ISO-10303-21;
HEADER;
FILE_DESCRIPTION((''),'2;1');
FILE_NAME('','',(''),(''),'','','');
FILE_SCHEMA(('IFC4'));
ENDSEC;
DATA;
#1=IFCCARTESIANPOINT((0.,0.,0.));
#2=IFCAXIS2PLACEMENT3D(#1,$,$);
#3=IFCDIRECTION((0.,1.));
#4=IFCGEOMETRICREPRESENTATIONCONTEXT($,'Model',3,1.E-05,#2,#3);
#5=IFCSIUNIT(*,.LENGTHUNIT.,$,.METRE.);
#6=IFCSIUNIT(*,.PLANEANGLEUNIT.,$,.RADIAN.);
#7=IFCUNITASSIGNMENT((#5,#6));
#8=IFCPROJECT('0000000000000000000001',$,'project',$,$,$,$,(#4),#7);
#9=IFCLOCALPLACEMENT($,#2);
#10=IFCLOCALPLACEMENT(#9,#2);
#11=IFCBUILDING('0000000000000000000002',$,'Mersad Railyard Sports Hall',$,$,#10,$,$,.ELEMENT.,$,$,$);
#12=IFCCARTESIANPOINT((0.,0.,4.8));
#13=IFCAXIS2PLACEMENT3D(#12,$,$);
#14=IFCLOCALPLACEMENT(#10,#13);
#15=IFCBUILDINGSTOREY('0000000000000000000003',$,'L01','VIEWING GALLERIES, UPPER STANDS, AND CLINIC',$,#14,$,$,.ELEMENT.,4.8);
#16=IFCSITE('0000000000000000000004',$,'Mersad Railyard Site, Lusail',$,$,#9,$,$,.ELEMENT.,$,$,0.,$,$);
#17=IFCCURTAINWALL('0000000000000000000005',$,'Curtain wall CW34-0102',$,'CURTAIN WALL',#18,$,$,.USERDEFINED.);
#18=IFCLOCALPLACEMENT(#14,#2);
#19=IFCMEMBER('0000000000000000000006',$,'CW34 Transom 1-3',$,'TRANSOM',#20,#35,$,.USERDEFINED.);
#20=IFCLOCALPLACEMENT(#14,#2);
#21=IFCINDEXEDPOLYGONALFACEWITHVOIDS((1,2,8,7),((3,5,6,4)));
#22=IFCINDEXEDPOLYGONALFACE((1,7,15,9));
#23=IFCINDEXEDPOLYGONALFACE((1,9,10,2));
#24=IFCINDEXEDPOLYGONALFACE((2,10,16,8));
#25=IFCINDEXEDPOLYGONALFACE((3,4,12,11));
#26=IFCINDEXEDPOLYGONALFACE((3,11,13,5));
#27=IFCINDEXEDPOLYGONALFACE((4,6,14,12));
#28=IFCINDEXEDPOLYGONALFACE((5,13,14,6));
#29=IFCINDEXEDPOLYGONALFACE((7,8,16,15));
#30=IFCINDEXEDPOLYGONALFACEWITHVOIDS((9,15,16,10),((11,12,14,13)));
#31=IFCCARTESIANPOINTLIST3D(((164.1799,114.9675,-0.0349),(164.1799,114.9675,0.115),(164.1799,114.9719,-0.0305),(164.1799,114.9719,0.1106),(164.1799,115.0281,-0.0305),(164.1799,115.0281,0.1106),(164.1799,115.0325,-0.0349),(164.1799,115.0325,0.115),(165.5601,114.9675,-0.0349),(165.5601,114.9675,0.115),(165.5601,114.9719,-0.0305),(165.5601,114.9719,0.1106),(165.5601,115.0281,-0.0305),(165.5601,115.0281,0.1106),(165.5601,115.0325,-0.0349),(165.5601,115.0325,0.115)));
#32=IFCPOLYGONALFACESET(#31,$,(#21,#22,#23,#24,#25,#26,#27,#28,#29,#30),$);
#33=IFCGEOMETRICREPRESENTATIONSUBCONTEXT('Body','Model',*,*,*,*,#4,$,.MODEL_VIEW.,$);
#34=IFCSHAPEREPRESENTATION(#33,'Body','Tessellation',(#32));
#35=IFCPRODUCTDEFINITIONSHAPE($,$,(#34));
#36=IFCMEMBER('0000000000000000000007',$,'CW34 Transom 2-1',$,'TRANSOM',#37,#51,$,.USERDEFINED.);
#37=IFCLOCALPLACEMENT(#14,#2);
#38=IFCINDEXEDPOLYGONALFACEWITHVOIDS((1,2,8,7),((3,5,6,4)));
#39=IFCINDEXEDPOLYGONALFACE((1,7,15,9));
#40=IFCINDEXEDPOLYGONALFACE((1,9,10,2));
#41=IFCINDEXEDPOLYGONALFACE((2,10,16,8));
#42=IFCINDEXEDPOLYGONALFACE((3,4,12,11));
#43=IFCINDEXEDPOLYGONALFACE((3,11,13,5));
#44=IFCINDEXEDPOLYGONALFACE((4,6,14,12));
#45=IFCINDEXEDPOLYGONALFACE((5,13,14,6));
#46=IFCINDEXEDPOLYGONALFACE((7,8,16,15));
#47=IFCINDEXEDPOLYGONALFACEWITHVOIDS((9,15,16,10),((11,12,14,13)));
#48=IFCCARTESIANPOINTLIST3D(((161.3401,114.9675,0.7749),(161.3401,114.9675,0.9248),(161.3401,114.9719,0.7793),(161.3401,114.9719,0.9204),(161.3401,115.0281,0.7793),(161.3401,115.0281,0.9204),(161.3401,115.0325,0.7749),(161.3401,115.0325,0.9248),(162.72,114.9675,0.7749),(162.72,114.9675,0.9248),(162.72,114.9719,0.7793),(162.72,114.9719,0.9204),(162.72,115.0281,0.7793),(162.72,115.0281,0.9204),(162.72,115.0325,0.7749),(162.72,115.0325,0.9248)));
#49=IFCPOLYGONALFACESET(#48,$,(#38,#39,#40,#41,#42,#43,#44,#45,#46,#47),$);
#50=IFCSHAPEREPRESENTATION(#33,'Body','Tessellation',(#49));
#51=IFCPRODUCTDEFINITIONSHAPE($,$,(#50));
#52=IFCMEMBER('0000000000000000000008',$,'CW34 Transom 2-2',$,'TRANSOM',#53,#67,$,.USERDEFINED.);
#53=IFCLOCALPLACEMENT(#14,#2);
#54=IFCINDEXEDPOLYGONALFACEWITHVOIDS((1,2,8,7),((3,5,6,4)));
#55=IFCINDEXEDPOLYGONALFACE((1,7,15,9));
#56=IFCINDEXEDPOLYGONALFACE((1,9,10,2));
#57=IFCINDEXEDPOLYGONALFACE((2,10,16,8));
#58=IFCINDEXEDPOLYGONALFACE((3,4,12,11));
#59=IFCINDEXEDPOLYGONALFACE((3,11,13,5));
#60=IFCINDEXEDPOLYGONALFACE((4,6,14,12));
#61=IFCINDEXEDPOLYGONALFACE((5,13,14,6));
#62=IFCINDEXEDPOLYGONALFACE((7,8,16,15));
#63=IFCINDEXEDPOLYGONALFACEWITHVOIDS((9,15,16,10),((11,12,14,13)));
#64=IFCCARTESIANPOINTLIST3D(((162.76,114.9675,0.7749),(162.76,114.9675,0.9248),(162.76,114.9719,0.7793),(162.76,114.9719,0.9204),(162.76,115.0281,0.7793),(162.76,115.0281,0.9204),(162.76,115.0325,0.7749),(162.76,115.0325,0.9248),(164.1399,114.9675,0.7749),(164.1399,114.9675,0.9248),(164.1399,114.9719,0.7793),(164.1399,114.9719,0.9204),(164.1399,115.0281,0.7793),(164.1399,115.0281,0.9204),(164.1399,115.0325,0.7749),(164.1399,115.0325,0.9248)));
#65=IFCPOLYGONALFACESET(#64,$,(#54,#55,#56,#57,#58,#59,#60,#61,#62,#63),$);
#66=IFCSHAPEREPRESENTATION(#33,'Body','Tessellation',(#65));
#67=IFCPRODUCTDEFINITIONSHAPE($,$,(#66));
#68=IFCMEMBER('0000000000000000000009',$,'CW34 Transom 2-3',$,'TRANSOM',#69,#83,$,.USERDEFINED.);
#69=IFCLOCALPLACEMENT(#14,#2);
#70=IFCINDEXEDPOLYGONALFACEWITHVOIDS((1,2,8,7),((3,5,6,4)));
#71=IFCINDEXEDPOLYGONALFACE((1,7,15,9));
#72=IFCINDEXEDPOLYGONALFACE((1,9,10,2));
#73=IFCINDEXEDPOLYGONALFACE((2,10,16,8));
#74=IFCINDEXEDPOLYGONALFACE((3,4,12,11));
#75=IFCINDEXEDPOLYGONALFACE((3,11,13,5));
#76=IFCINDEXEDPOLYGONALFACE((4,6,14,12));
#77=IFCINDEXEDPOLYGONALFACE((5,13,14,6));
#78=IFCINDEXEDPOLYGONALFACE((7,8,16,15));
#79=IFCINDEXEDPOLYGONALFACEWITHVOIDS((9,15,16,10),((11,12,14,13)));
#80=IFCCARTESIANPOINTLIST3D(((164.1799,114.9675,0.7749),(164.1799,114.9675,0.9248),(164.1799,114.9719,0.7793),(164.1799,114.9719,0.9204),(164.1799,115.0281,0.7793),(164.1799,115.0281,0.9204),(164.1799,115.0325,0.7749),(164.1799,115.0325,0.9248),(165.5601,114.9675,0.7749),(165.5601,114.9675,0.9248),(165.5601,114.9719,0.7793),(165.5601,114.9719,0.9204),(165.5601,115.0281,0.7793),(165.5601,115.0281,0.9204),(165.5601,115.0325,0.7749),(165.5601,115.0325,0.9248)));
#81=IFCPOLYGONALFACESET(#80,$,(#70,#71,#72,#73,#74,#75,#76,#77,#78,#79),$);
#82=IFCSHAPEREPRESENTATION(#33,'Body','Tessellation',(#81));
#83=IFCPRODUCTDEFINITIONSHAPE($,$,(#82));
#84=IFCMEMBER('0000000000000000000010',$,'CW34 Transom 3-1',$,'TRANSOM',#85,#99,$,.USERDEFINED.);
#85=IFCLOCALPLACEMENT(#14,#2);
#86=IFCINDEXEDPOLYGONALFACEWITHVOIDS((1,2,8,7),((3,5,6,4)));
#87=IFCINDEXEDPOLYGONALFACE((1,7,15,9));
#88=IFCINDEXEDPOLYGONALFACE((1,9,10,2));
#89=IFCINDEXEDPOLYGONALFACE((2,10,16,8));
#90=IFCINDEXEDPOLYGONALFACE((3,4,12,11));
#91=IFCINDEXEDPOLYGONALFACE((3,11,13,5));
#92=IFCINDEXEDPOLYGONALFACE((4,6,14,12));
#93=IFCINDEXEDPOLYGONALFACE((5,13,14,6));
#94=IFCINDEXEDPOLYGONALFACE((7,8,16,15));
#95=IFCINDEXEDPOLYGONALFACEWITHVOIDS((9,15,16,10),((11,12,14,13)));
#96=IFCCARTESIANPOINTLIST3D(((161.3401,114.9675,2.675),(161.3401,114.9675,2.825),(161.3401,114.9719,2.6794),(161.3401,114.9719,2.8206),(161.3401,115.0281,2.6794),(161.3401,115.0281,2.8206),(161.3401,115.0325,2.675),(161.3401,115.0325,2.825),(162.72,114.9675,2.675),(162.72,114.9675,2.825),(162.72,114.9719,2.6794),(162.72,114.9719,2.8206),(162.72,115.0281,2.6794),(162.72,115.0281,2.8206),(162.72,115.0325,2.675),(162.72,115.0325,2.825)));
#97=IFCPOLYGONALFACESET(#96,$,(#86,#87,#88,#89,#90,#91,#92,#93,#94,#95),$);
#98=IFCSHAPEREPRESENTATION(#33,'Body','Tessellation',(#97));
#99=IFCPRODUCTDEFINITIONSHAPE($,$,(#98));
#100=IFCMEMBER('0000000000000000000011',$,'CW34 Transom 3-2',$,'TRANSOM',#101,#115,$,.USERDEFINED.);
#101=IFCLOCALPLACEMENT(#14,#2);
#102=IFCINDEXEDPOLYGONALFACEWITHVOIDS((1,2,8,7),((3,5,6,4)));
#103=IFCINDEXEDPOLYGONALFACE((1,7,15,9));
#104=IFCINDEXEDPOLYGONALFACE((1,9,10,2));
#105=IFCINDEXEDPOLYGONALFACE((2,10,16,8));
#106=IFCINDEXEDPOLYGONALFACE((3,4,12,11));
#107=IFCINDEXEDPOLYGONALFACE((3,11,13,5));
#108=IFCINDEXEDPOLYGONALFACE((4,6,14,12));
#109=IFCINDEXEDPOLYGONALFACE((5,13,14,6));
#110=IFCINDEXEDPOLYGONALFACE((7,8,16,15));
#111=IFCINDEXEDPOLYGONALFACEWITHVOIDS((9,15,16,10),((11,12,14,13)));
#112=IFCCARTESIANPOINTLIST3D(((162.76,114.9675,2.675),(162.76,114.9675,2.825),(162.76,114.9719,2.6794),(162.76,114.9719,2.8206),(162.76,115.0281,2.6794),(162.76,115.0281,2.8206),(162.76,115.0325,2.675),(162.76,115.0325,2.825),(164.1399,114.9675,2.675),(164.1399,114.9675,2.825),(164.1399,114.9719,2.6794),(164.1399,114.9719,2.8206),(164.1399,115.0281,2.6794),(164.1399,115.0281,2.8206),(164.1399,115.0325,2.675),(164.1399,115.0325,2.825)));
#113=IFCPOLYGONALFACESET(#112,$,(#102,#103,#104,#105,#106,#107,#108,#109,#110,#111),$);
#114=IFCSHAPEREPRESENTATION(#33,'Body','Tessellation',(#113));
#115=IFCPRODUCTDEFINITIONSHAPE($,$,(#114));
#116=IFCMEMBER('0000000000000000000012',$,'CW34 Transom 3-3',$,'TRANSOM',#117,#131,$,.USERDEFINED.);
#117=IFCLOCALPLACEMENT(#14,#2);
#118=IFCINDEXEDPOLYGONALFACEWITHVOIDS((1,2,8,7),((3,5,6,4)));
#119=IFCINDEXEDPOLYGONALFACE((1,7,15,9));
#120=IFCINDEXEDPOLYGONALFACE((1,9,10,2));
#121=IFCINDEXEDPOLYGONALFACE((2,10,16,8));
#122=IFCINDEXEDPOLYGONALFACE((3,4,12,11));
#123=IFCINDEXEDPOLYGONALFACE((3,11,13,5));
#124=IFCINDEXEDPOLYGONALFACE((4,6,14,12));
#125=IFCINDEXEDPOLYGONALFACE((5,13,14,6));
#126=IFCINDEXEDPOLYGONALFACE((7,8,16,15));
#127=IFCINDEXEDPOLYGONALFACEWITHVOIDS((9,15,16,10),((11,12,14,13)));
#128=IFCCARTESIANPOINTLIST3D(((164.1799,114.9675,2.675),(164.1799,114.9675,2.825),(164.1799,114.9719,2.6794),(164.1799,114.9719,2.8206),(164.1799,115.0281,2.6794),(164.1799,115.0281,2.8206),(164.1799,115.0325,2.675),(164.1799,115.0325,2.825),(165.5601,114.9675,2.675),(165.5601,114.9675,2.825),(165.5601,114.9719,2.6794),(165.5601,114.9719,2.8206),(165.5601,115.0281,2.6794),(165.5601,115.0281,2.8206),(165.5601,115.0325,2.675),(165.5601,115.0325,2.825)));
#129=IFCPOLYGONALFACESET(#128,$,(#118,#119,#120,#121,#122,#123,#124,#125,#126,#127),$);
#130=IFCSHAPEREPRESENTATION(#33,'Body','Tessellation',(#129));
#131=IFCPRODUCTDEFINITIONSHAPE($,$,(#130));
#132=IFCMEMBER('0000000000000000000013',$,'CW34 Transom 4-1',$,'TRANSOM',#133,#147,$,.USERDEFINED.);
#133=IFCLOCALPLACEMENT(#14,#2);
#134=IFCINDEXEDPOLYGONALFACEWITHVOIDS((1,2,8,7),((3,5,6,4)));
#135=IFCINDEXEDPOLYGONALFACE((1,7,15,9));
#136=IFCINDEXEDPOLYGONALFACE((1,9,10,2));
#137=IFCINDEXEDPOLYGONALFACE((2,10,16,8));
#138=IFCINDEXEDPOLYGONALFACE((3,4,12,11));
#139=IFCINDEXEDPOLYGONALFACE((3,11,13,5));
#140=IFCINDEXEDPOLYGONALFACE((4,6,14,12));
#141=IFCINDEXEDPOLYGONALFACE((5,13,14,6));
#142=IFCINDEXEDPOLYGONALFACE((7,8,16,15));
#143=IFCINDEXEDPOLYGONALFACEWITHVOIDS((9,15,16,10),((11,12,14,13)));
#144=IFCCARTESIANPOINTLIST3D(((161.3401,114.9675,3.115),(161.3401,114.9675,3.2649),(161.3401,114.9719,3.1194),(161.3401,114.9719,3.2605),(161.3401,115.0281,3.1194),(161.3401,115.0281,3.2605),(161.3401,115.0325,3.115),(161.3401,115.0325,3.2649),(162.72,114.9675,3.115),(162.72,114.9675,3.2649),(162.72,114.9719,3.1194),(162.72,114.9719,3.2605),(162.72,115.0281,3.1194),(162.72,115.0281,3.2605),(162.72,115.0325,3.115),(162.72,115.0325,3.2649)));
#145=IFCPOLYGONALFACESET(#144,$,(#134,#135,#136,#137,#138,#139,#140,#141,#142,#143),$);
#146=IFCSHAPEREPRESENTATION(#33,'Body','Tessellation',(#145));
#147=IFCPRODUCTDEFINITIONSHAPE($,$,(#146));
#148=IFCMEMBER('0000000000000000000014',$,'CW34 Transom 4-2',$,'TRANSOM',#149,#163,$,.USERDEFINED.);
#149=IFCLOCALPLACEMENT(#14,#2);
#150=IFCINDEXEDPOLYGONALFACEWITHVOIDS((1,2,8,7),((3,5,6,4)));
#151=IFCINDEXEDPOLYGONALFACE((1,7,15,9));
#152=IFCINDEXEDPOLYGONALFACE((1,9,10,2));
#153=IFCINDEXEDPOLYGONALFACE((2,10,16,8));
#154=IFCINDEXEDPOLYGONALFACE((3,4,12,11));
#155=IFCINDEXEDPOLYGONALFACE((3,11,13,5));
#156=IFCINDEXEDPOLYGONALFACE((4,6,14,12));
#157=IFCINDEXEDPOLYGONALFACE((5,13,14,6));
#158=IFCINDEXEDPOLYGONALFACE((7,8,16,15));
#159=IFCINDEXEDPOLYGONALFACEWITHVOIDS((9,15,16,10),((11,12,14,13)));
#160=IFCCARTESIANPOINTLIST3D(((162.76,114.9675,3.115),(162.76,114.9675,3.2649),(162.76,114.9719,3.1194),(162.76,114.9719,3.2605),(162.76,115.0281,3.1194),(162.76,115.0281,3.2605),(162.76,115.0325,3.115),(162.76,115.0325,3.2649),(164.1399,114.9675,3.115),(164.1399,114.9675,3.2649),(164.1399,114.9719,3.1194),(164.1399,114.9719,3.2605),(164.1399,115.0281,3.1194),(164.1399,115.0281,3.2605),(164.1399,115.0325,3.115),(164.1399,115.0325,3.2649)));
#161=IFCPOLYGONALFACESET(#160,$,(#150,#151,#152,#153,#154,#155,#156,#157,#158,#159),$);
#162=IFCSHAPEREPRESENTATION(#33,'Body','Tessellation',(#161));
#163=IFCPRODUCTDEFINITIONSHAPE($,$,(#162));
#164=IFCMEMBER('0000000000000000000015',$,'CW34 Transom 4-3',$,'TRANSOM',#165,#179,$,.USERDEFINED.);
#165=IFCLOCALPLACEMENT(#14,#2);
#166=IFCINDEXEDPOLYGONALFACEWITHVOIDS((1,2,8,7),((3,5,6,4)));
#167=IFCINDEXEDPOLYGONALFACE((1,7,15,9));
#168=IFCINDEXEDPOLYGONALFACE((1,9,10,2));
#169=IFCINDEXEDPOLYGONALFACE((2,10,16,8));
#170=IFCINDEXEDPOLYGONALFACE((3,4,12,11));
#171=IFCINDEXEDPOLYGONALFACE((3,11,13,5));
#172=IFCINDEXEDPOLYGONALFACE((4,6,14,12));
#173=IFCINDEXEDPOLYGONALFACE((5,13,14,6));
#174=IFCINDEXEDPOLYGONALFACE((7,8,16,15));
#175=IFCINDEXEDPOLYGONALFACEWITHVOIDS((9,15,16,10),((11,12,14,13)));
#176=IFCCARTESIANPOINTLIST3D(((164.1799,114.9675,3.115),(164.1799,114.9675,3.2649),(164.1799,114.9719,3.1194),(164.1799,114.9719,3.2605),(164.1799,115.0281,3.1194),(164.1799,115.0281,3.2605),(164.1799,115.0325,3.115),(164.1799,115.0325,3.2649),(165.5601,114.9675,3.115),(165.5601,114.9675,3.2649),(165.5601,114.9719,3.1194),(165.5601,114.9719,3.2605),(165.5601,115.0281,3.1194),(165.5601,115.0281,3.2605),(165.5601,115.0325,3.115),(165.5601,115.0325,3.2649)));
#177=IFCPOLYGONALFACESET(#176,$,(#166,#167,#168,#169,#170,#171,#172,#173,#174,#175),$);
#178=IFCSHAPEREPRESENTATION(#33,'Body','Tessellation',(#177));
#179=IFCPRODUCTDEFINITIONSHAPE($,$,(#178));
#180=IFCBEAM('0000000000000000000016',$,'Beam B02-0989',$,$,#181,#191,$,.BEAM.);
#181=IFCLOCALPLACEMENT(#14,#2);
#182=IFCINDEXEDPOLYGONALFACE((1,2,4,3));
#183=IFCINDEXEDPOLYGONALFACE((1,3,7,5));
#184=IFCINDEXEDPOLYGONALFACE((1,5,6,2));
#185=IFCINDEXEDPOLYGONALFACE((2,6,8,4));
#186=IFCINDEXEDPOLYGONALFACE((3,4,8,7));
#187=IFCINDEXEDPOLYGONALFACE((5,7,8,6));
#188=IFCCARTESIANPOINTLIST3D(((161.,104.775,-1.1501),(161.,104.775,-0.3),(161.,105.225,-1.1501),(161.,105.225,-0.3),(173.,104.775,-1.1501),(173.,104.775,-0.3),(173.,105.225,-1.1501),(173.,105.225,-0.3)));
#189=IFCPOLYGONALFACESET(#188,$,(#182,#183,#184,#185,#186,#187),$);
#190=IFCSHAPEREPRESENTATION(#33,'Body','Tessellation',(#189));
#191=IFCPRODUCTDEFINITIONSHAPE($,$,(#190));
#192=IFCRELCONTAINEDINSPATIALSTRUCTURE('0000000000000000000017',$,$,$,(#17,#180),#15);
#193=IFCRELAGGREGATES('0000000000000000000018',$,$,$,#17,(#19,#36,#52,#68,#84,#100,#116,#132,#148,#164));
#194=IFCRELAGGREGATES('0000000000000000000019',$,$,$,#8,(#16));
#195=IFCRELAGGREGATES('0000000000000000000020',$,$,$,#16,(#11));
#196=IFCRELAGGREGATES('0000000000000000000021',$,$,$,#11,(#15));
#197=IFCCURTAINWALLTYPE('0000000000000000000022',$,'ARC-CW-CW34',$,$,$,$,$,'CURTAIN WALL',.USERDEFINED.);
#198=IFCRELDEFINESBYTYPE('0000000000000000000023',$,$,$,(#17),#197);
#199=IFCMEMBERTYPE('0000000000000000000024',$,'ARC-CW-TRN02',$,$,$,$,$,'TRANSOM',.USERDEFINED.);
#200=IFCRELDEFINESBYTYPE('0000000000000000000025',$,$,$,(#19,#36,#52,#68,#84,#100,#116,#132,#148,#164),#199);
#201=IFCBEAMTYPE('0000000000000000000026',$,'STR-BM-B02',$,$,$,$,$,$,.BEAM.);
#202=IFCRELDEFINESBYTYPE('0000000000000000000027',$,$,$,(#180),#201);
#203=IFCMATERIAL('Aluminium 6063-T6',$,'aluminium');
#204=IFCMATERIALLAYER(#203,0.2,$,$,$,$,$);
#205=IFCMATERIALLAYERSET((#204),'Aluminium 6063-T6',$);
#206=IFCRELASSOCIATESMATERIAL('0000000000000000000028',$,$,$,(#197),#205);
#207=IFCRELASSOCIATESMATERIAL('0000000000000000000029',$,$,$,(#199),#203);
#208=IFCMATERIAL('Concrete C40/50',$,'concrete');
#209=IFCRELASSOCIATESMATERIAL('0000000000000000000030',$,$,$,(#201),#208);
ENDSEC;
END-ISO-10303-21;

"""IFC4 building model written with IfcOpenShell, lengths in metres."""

from ifc_helpers import new_model, si_unit, direction, frame, origin, origin_2d, place, context, subcontext, project, spatial, rectangle, hollow_rectangle, extrude, material, layer, layer_set, material_profile, profile_set, type_object, element, aggregate, save


model = new_model("IFC4")

# Units and contexts
model_context = context("Model", 3, precision=1e-05, world=origin(), true_north=direction((0.0, 1.0)))
body_context = subcontext(model_context, "Body", "Model", "MODEL_VIEW")
ifc_project = project(units=[si_unit("LENGTHUNIT", "METRE"), si_unit("PLANEANGLEUNIT", "RADIAN")], contexts=[model_context])

# Site, building, storey
site_placement = place(None, origin())
site = spatial("IfcSite", under=ifc_project, at=site_placement, Name="Mersad Railyard Site, Lusail", CompositionType="ELEMENT", RefElevation=0.0)
building_placement = place(site_placement, origin())
building = spatial("IfcBuilding", under=site, at=building_placement, Name="Mersad Railyard Sports Hall", CompositionType="ELEMENT")
storey_placement = place(building_placement, frame((0.0, 0.0, 4.8)))
storey = spatial("IfcBuildingStorey", under=building, at=storey_placement, Name="L01", Description="VIEWING GALLERIES, UPPER STANDS, AND CLINIC", CompositionType="ELEMENT", Elevation=4.8)

# Shared definitions
ifc_material_1 = material(Name="Aluminium 6063-T6", Category="aluminium")
ifc_layer_1 = layer(ifc_material_1, 0.2)
ifc_layer_set_1 = layer_set([ifc_layer_1], Name="Aluminium 6063-T6")
curtain_wall_type = type_object("IfcCurtainWallType", Name="ARC-CW-CW34", ElementType="CURTAIN WALL", PredefinedType="USERDEFINED", material=ifc_layer_set_1)

# Curtain wall
curtain_wall_1_placement = place(storey_placement, origin())
curtain_wall_1 = element("IfcCurtainWall", 1, at=curtain_wall_1_placement, inside=storey, type_object=curtain_wall_type, Name="Curtain wall CW34-0102", ObjectType="CURTAIN WALL", PredefinedType="USERDEFINED")

# Members
ifc_material_profile_1 = material_profile(ifc_material_1, hollow_rectangle(XDim=0.0649, YDim=0.1499, WallThickness=0.0044, at=origin_2d()), Name="AL TRANSOM 65x150x4.5")
ifc_profile_set_1 = profile_set([ifc_material_profile_1], Name="Aluminium 6063-T6")
member_type_1 = type_object("IfcMemberType", Name="ARC-CW-TRN02", ElementType="TRANSOM", PredefinedType="USERDEFINED", material=ifc_profile_set_1)
member_1_placement = place(storey_placement, frame((164.1799, 115.0, 0.04), z_axis=(1.0, 0.0, 0.0), x_axis=(0.0, 1.0, 0.0)))
member_1 = element("IfcMember", 2, at=member_1_placement, type_object=member_type_1, Name="CW34 Transom 1-3", ObjectType="TRANSOM", PredefinedType="USERDEFINED", context=body_context, shape_type="SweptSolid", body=[
    extrude(hollow_rectangle(XDim=0.0649, YDim=0.1499, WallThickness=0.0044, at=origin_2d()), origin(), (0.0, 0.0, 1.0), 1.3801),
])
member_2_placement = place(storey_placement, frame((161.3401, 115.0, 0.8499), z_axis=(1.0, 0.0, 0.0), x_axis=(0.0, 1.0, 0.0)))
member_2 = element("IfcMember", 3, at=member_2_placement, type_object=member_type_1, Name="CW34 Transom 2-1", ObjectType="TRANSOM", PredefinedType="USERDEFINED", context=body_context, shape_type="SweptSolid", body=[
    extrude(hollow_rectangle(XDim=0.0649, YDim=0.1499, WallThickness=0.0044, at=origin_2d()), origin(), (0.0, 0.0, 1.0), 1.3799),
])
member_3_placement = place(storey_placement, frame((162.76, 115.0, 0.8499), z_axis=(1.0, 0.0, 0.0), x_axis=(0.0, 1.0, 0.0)))
member_3 = element("IfcMember", 4, at=member_3_placement, type_object=member_type_1, Name="CW34 Transom 2-2", ObjectType="TRANSOM", PredefinedType="USERDEFINED", context=body_context, shape_type="SweptSolid", body=[
    extrude(hollow_rectangle(XDim=0.0649, YDim=0.1499, WallThickness=0.0044, at=origin_2d()), origin(), (0.0, 0.0, 1.0), 1.3799),
])
member_4_placement = place(storey_placement, frame((164.1799, 115.0, 0.8499), z_axis=(1.0, 0.0, 0.0), x_axis=(0.0, 1.0, 0.0)))
member_4 = element("IfcMember", 5, at=member_4_placement, type_object=member_type_1, Name="CW34 Transom 2-3", ObjectType="TRANSOM", PredefinedType="USERDEFINED", context=body_context, shape_type="SweptSolid", body=[
    extrude(hollow_rectangle(XDim=0.0649, YDim=0.1499, WallThickness=0.0044, at=origin_2d()), origin(), (0.0, 0.0, 1.0), 1.3801),
])
member_5_placement = place(storey_placement, frame((161.3401, 115.0, 2.75), z_axis=(1.0, 0.0, 0.0), x_axis=(0.0, 1.0, 0.0)))
member_5 = element("IfcMember", 6, at=member_5_placement, type_object=member_type_1, Name="CW34 Transom 3-1", ObjectType="TRANSOM", PredefinedType="USERDEFINED", context=body_context, shape_type="SweptSolid", body=[
    extrude(hollow_rectangle(XDim=0.0649, YDim=0.1499, WallThickness=0.0044, at=origin_2d()), origin(), (0.0, 0.0, 1.0), 1.3799),
])
member_6_placement = place(storey_placement, frame((162.76, 115.0, 2.75), z_axis=(1.0, 0.0, 0.0), x_axis=(0.0, 1.0, 0.0)))
member_6 = element("IfcMember", 7, at=member_6_placement, type_object=member_type_1, Name="CW34 Transom 3-2", ObjectType="TRANSOM", PredefinedType="USERDEFINED", context=body_context, shape_type="SweptSolid", body=[
    extrude(hollow_rectangle(XDim=0.0649, YDim=0.1499, WallThickness=0.0044, at=origin_2d()), origin(), (0.0, 0.0, 1.0), 1.3799),
])
member_7_placement = place(storey_placement, frame((164.1799, 115.0, 2.75), z_axis=(1.0, 0.0, 0.0), x_axis=(0.0, 1.0, 0.0)))
member_7 = element("IfcMember", 8, at=member_7_placement, type_object=member_type_1, Name="CW34 Transom 3-3", ObjectType="TRANSOM", PredefinedType="USERDEFINED", context=body_context, shape_type="SweptSolid", body=[
    extrude(hollow_rectangle(XDim=0.0649, YDim=0.1499, WallThickness=0.0044, at=origin_2d()), origin(), (0.0, 0.0, 1.0), 1.3801),
])
member_8_placement = place(storey_placement, frame((161.3401, 115.0, 3.1899), z_axis=(1.0, 0.0, 0.0), x_axis=(0.0, 1.0, 0.0)))
member_8 = element("IfcMember", 9, at=member_8_placement, type_object=member_type_1, Name="CW34 Transom 4-1", ObjectType="TRANSOM", PredefinedType="USERDEFINED", context=body_context, shape_type="SweptSolid", body=[
    extrude(hollow_rectangle(XDim=0.0649, YDim=0.1499, WallThickness=0.0044, at=origin_2d()), origin(), (0.0, 0.0, 1.0), 1.3799),
])
member_9_placement = place(storey_placement, frame((162.76, 115.0, 3.1899), z_axis=(1.0, 0.0, 0.0), x_axis=(0.0, 1.0, 0.0)))
member_9 = element("IfcMember", 10, at=member_9_placement, type_object=member_type_1, Name="CW34 Transom 4-2", ObjectType="TRANSOM", PredefinedType="USERDEFINED", context=body_context, shape_type="SweptSolid", body=[
    extrude(hollow_rectangle(XDim=0.0649, YDim=0.1499, WallThickness=0.0044, at=origin_2d()), origin(), (0.0, 0.0, 1.0), 1.3799),
])
member_10_placement = place(storey_placement, frame((164.1799, 115.0, 3.1899), z_axis=(1.0, 0.0, 0.0), x_axis=(0.0, 1.0, 0.0)))
member_10 = element("IfcMember", 11, at=member_10_placement, type_object=member_type_1, Name="CW34 Transom 4-3", ObjectType="TRANSOM", PredefinedType="USERDEFINED", context=body_context, shape_type="SweptSolid", body=[
    extrude(hollow_rectangle(XDim=0.0649, YDim=0.1499, WallThickness=0.0044, at=origin_2d()), origin(), (0.0, 0.0, 1.0), 1.3801),
])

# Beam
ifc_material_2 = material(Name="Concrete C40/50", Category="concrete")
ifc_material_profile_2 = material_profile(ifc_material_2, rectangle(XDim=0.45, YDim=0.8501, at=origin_2d()), Name="RC 450x850")
ifc_profile_set_2 = profile_set([ifc_material_profile_2], Name="Concrete C40/50")
beam_type_1 = type_object("IfcBeamType", Name="STR-BM-B02", PredefinedType="BEAM", material=ifc_profile_set_2)
beam_1_placement = place(storey_placement, frame((161.0, 105.0, -0.7251), z_axis=(1.0, 0.0, 0.0), x_axis=(0.0, 1.0, 0.0)))
element("IfcBeam", 12, at=beam_1_placement, inside=storey, type_object=beam_type_1, Name="Beam B02-0989", PredefinedType="BEAM", context=body_context, shape_type="SweptSolid", body=[
    extrude(rectangle(XDim=0.45, YDim=0.8501, at=origin_2d()), origin(), (0.0, 0.0, 1.0), 12.0),
])

aggregate(curtain_wall_1, [member_1, member_2, member_3, member_4, member_5, member_6, member_7, member_8, member_9, member_10])

save(model, "model.ifc")
